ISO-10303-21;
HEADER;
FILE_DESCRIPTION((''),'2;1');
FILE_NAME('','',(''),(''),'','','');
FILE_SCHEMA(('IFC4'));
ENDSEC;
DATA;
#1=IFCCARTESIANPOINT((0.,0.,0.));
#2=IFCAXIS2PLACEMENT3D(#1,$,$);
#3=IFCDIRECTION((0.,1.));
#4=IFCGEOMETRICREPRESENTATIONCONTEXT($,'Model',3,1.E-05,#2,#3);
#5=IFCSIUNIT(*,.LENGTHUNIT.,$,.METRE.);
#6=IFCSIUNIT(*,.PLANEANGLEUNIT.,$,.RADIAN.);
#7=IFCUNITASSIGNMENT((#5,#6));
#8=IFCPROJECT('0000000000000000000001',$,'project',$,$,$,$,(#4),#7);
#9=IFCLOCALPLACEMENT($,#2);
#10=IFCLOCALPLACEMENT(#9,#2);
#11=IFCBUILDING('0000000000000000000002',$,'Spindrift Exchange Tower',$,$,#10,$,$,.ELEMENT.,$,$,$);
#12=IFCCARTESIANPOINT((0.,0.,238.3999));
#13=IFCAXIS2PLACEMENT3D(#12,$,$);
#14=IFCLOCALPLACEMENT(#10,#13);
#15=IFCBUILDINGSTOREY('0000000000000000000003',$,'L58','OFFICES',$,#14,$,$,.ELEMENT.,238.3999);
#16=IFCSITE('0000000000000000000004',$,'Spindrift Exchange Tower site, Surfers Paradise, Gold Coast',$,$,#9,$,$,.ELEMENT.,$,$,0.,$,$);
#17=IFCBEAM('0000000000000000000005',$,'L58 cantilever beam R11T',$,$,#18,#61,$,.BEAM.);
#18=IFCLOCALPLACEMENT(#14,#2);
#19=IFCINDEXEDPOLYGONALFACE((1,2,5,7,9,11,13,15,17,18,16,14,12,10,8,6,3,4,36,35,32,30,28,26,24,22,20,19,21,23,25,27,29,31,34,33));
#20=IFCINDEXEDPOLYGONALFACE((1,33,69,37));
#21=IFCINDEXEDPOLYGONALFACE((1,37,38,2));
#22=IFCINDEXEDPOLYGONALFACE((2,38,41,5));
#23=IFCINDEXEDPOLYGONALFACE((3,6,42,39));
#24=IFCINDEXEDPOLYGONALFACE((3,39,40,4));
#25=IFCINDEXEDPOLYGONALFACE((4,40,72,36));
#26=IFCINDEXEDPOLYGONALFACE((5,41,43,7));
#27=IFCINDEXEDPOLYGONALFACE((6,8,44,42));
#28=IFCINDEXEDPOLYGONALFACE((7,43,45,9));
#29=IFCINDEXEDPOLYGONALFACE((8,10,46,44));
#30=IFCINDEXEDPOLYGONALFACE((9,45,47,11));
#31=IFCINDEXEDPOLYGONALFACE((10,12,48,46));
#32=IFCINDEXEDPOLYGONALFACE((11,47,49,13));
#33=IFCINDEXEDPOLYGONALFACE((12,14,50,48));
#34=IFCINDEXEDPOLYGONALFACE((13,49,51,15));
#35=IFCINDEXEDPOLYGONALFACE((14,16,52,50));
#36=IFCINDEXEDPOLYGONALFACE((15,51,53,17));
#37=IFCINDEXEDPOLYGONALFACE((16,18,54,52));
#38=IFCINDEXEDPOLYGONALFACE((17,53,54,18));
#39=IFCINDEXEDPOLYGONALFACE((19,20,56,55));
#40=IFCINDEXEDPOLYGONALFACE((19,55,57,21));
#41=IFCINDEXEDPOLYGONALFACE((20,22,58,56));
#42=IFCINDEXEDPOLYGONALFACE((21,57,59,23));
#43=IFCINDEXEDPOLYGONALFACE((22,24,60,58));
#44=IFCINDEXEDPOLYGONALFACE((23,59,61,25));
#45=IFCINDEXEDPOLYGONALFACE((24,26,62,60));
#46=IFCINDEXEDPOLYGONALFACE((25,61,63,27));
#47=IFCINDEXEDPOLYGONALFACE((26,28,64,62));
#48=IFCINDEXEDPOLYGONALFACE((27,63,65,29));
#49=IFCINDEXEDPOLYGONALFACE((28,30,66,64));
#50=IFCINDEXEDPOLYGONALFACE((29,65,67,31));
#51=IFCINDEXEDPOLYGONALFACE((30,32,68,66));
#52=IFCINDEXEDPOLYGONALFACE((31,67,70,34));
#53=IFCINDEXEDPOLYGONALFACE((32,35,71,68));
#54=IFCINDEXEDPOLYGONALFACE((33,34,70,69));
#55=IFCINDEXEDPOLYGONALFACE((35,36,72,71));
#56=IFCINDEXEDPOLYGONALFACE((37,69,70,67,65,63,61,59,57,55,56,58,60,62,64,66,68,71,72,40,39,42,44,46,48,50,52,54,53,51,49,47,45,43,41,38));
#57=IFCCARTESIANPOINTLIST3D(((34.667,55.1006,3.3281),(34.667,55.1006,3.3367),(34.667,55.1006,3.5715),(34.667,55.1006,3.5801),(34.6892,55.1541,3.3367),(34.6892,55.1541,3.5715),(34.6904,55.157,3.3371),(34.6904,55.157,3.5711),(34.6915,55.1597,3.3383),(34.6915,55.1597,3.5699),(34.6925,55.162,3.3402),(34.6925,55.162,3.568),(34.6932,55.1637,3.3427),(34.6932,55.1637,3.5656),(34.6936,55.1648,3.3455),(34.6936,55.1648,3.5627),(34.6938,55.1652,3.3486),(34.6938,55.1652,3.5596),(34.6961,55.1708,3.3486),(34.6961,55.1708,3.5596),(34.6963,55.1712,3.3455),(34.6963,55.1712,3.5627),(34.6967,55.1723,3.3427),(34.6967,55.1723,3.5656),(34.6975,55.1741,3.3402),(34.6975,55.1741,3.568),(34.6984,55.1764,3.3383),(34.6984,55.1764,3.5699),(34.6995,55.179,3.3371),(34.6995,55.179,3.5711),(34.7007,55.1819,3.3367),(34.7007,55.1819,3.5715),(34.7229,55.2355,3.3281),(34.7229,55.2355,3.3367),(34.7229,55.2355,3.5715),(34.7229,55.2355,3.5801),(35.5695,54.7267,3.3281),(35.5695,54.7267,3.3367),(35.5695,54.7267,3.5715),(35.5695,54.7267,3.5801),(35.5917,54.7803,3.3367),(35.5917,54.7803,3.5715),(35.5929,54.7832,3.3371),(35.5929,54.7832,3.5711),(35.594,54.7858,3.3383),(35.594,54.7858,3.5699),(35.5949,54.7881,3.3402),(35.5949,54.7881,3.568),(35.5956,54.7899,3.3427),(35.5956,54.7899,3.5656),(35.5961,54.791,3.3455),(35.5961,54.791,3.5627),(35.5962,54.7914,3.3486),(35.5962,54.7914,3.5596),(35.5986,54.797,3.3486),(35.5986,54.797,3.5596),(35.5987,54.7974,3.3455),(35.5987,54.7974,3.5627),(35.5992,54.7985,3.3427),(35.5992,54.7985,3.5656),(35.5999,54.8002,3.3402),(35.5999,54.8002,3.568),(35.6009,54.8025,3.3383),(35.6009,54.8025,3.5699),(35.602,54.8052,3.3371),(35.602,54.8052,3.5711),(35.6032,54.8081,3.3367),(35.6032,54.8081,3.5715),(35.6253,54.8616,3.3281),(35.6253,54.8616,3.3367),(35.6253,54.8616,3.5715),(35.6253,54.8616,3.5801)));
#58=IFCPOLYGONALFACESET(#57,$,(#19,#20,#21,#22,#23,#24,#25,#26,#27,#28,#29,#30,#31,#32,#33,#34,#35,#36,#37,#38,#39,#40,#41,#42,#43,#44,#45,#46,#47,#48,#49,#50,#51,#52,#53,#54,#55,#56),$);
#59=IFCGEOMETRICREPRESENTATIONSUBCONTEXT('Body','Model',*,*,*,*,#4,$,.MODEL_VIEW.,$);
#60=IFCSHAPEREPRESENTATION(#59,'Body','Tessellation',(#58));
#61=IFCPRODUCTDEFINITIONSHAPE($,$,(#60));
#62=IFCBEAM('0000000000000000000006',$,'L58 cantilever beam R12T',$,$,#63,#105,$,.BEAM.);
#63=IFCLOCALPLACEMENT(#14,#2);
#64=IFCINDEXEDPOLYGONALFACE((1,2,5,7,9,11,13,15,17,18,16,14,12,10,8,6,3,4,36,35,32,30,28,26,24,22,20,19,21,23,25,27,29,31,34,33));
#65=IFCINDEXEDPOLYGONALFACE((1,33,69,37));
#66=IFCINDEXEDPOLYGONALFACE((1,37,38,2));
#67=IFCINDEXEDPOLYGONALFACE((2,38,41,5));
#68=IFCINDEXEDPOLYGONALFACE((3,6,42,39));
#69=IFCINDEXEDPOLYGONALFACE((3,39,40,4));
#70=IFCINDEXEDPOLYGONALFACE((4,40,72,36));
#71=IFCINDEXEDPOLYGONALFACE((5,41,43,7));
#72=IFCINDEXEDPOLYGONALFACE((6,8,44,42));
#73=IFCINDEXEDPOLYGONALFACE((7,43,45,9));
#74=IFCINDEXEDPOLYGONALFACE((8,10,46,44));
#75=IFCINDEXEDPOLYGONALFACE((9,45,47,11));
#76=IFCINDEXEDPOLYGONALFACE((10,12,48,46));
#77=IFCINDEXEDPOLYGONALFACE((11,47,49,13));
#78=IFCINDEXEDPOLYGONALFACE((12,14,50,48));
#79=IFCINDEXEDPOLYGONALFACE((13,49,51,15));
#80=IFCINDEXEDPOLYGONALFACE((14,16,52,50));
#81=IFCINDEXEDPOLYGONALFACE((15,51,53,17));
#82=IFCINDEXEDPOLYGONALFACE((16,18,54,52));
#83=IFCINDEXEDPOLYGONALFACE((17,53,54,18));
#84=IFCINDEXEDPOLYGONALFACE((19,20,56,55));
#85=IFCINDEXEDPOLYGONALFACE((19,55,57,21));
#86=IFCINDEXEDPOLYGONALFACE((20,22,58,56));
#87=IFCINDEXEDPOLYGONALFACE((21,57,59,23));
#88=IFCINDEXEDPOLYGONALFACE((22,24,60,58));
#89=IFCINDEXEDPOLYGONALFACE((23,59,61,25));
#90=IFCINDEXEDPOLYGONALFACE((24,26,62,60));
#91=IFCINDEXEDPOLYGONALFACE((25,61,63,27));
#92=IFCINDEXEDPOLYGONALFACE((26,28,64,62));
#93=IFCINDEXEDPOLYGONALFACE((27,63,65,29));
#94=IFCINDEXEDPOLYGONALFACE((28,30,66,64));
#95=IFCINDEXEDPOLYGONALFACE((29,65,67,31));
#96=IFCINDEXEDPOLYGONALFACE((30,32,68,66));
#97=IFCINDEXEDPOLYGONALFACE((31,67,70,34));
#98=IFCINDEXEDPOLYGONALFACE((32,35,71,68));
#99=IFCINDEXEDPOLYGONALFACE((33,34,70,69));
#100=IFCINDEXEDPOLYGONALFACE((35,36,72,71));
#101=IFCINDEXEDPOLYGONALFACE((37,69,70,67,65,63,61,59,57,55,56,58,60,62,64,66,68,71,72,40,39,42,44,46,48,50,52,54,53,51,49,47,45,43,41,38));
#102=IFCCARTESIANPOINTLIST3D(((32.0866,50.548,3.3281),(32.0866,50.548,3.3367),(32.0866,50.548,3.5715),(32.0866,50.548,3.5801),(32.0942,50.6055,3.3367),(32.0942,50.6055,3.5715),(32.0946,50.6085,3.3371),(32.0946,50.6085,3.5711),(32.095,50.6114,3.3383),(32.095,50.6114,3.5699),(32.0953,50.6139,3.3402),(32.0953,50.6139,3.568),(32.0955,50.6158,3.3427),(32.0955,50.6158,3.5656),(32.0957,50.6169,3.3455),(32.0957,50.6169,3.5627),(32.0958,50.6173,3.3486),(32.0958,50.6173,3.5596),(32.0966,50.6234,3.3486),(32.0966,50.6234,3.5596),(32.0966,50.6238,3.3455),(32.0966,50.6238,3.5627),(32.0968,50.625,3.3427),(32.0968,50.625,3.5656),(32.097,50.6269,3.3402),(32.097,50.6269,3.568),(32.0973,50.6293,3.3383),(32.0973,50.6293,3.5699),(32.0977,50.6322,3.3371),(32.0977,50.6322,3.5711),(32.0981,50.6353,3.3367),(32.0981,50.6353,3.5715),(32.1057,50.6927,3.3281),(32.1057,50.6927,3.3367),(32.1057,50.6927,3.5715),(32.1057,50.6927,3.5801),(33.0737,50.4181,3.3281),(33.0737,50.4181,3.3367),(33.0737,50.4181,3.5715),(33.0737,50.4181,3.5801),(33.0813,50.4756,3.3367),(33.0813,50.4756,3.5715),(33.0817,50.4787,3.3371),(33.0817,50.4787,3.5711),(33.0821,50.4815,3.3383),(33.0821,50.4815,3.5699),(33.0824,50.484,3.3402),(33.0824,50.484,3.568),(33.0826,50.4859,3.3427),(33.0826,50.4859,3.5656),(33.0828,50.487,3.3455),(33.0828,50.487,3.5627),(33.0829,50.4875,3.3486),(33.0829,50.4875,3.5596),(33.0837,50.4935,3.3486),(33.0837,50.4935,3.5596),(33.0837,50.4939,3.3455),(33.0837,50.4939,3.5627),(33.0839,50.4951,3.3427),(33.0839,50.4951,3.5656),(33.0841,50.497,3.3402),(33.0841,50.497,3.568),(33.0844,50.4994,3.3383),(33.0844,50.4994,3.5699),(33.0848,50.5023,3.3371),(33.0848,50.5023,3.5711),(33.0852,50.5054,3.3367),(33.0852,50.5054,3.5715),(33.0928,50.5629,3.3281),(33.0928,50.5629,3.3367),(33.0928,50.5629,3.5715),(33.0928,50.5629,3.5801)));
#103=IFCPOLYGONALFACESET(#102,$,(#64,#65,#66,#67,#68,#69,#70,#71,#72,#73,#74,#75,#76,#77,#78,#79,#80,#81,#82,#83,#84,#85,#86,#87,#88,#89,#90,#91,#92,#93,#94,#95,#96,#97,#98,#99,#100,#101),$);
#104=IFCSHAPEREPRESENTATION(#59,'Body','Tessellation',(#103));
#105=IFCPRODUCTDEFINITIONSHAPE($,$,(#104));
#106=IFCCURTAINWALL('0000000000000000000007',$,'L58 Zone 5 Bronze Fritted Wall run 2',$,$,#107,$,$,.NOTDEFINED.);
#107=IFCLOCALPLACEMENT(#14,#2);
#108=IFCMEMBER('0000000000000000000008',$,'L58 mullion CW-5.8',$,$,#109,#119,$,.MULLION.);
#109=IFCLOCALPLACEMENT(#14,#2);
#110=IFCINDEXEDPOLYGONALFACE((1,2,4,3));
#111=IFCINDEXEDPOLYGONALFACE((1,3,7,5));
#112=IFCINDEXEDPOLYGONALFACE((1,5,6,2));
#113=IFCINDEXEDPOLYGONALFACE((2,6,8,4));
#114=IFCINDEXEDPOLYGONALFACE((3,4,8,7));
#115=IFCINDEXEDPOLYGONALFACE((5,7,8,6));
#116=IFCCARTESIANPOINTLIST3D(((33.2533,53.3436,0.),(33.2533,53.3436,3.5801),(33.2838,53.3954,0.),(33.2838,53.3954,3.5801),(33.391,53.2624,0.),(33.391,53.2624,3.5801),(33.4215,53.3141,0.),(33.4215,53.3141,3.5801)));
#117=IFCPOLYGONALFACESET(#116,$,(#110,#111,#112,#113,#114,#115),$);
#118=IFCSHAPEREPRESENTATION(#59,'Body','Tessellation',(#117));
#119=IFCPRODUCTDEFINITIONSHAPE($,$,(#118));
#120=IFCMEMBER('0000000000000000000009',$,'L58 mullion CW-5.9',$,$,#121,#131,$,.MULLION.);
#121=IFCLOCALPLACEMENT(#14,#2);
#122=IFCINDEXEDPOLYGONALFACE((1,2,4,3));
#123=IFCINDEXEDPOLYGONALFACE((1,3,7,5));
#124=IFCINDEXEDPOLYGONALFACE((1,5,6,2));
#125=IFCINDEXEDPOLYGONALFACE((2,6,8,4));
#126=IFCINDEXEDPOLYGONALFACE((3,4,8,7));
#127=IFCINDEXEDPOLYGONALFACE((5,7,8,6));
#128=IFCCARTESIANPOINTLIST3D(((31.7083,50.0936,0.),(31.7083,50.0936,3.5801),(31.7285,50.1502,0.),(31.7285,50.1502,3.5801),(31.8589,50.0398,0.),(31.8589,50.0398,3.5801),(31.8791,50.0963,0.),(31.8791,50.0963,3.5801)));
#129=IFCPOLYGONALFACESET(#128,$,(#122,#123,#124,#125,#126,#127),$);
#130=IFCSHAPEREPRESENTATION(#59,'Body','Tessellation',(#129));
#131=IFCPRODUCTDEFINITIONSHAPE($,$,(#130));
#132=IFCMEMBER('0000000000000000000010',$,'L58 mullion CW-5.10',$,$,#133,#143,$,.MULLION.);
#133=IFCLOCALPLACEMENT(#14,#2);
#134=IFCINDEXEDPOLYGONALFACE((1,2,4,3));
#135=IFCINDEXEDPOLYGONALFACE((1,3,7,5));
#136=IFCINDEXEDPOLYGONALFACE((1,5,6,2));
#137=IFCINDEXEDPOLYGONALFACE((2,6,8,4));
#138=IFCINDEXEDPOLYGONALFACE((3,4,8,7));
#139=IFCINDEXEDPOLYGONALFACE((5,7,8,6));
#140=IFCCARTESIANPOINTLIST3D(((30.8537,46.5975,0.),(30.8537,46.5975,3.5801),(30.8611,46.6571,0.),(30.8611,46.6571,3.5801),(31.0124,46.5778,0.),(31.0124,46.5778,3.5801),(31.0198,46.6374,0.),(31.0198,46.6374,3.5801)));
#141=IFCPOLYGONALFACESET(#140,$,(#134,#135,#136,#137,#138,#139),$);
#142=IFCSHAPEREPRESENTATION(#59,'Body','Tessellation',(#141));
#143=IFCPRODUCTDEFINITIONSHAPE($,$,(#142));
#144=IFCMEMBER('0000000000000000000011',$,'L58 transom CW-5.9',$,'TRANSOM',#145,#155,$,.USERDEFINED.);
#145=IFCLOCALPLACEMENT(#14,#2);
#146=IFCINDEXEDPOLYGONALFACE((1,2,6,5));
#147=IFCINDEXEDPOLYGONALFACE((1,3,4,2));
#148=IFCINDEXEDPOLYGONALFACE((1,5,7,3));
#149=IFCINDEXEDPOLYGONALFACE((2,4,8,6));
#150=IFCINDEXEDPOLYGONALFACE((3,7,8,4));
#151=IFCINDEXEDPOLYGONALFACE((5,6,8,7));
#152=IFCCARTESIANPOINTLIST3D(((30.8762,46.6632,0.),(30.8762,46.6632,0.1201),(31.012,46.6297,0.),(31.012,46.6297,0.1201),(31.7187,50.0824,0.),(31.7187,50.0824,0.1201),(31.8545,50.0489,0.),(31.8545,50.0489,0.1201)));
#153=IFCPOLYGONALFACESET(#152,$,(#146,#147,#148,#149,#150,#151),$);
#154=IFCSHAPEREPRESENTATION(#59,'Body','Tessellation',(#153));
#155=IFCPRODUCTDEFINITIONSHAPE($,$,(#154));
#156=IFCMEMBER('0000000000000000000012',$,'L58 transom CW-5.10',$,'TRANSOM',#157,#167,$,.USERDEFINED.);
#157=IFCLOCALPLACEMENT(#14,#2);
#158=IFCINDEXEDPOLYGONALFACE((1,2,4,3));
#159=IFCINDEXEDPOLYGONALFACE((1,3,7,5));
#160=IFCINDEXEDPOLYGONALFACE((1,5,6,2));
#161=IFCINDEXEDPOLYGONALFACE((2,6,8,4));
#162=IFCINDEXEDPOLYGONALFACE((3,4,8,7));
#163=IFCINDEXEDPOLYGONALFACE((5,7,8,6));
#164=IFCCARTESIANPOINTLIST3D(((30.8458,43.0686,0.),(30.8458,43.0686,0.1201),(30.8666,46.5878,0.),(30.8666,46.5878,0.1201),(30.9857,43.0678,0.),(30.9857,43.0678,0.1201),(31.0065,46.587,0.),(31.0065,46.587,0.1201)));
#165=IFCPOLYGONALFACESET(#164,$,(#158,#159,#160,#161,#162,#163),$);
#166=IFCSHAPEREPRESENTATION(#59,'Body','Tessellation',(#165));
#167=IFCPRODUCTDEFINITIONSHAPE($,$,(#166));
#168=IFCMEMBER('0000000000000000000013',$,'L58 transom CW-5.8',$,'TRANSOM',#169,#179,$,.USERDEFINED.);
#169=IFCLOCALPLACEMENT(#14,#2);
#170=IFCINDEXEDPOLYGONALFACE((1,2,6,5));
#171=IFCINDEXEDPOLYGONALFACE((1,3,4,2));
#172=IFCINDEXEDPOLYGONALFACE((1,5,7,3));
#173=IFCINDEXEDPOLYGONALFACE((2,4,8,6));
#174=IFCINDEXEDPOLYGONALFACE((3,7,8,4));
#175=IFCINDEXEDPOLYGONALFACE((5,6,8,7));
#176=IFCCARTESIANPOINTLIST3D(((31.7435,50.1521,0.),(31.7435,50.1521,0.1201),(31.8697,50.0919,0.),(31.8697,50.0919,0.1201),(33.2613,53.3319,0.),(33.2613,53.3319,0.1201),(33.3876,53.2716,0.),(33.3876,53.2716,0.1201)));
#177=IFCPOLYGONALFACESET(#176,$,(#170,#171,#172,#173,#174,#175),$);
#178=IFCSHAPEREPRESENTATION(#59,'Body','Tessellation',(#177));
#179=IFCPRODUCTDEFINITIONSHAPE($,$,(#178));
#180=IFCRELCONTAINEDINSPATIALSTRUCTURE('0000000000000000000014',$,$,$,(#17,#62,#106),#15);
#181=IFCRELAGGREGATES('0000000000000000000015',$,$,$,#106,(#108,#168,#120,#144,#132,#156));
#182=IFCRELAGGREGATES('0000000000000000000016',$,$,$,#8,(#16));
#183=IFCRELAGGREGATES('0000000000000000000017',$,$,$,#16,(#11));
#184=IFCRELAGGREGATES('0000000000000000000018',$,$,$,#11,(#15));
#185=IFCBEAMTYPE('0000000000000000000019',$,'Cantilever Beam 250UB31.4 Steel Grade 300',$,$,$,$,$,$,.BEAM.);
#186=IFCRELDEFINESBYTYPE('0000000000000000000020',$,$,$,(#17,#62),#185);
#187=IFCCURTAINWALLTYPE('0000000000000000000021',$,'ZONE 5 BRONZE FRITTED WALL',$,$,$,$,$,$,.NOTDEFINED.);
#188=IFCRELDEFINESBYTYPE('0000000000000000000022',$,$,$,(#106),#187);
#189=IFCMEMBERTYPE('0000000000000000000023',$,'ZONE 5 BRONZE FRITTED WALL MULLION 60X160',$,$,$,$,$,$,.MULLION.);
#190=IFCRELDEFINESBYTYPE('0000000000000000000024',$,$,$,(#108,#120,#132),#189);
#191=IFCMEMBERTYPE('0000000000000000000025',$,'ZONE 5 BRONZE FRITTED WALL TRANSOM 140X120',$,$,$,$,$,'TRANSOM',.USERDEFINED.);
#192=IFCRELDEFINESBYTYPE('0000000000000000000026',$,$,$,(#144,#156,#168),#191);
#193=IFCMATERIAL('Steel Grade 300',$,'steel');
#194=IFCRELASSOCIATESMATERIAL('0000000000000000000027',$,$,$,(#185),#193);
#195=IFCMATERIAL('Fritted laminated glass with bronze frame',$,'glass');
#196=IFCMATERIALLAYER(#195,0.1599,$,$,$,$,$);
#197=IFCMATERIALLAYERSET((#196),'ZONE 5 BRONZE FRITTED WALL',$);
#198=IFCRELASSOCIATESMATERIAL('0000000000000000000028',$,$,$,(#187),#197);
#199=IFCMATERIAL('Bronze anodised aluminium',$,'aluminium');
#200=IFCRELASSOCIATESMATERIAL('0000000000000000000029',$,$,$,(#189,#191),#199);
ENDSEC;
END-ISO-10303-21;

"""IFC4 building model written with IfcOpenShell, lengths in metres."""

from ifc_helpers import new_model, si_unit, direction, frame, origin, origin_2d, place, context, subcontext, project, spatial, rectangle, i_section, extrude, source, transform, mapped, material, layer, layer_set, material_profile, profile_set, type_object, element, aggregate, save


model = new_model("IFC4")

# Units and contexts
model_context = context("Model", 3, precision=1e-05, world=origin(), true_north=direction((0.0, 1.0)))
body_context = subcontext(model_context, "Body", "Model", "MODEL_VIEW")
ifc_project = project(units=[si_unit("LENGTHUNIT", "METRE"), si_unit("PLANEANGLEUNIT", "RADIAN")], contexts=[model_context])

# Site, building, storey
site_placement = place(None, origin())
site = spatial("IfcSite", under=ifc_project, at=site_placement, Name="Spindrift Exchange Tower site, Surfers Paradise, Gold Coast", CompositionType="ELEMENT", RefElevation=0.0)
building_placement = place(site_placement, origin())
building = spatial("IfcBuilding", under=site, at=building_placement, Name="Spindrift Exchange Tower", CompositionType="ELEMENT")
storey_placement = place(building_placement, frame((0.0, 0.0, 238.3999)))
storey = spatial("IfcBuildingStorey", under=building, at=storey_placement, Name="L58", Description="OFFICES", CompositionType="ELEMENT", Elevation=238.3999)

# Beams
ifc_material_1 = material(Name="Steel Grade 300", Category="steel")
ifc_material_profile_1 = material_profile(ifc_material_1, i_section(OverallWidth=0.146, OverallDepth=0.252, WebThickness=0.0061, FlangeThickness=0.0085, FilletRadius=0.012, at=origin_2d()), Name="250UB31.4")
ifc_profile_set_1 = profile_set([ifc_material_profile_1], Name="Steel Grade 300")
beam_type_1 = type_object("IfcBeamType", Name="Cantilever Beam 250UB31.4 Steel Grade 300", PredefinedType="BEAM", material=ifc_profile_set_1)
shared_shape_1 = source(origin(), body_context, "Body", "SweptSolid", [
    extrude(i_section(OverallWidth=0.146, OverallDepth=0.252, WebThickness=0.0061, FlangeThickness=0.0085, FilletRadius=0.012, at=origin_2d()), origin(), (0.0, 0.0, 1.0), 0.9768),
])
beam_1_placement = place(storey_placement, frame((35.5974, 54.7942, 3.4541), z_axis=(-0.923874, 0.382698, 0.0), x_axis=(-0.382698, -0.923874, 0.0)))
element("IfcBeam", 1, at=beam_1_placement, inside=storey, type_object=beam_type_1, Name="L58 cantilever beam R11T", PredefinedType="BEAM", context=body_context, shape_type="MappedRepresentation", body=[
    mapped(shared_shape_1, transform((0.0, 0.0, 0.0), scale=1.0)),
])
shared_shape_2 = source(origin(), body_context, "Body", "SweptSolid", [
    extrude(i_section(OverallWidth=0.146, OverallDepth=0.252, WebThickness=0.0061, FlangeThickness=0.0085, FilletRadius=0.012, at=origin_2d()), origin(), (0.0, 0.0, 1.0), 0.9956),
])
beam_2_placement = place(storey_placement, frame((33.0833, 50.4905, 3.4541), z_axis=(-0.991453, 0.130461, 0.0), x_axis=(-0.130461, -0.991453, 0.0)))
element("IfcBeam", 2, at=beam_2_placement, inside=storey, type_object=beam_type_1, Name="L58 cantilever beam R12T", PredefinedType="BEAM", context=body_context, shape_type="MappedRepresentation", body=[
    mapped(shared_shape_2, transform((0.0, 0.0, 0.0), scale=1.0)),
])

# Curtain wall, members
ifc_material_2 = material(Name="Fritted laminated glass with bronze frame", Category="glass")
ifc_layer_1 = layer(ifc_material_2, 0.1599)
ifc_layer_set_1 = layer_set([ifc_layer_1], Name="ZONE 5 BRONZE FRITTED WALL")
curtain_wall_type = type_object("IfcCurtainWallType", Name="ZONE 5 BRONZE FRITTED WALL", PredefinedType="NOTDEFINED", material=ifc_layer_set_1)
curtain_wall_placement = place(storey_placement, origin())
curtain_wall = element("IfcCurtainWall", 3, at=curtain_wall_placement, inside=storey, type_object=curtain_wall_type, Name="L58 Zone 5 Bronze Fritted Wall run 2", PredefinedType="NOTDEFINED")
ifc_material_3 = material(Name="Bronze anodised aluminium", Category="aluminium")
ifc_material_profile_2 = material_profile(ifc_material_3, rectangle(XDim=0.0601, YDim=0.1599, at=origin_2d()), Name="ZONE 5 BRONZE FRITTED WALL MULLION 60X160")
ifc_profile_set_2 = profile_set([ifc_material_profile_2], Name="Bronze anodised aluminium")
member_type_1 = type_object("IfcMemberType", Name="ZONE 5 BRONZE FRITTED WALL MULLION 60X160", PredefinedType="MULLION", material=ifc_profile_set_2)
shared_shape_3 = source(origin(), body_context, "Body", "SweptSolid", [
    extrude(rectangle(XDim=0.0601, YDim=0.1599, at=origin_2d()), origin(), (0.0, 0.0, 1.0), 3.5801),
])
member_1_placement = place(storey_placement, frame((33.3374, 53.3289, 0.0), z_axis=(0.0, 0.0, 1.0), x_axis=(-0.508377, -0.861135, 0.0)))
member_1 = element("IfcMember", 4, at=member_1_placement, type_object=member_type_1, Name="L58 mullion CW-5.8", PredefinedType="MULLION", context=body_context, shape_type="MappedRepresentation", body=[
    mapped(shared_shape_3, transform((0.0, 0.0, 0.0), scale=1.0)),
])
member_2_placement = place(storey_placement, frame((31.7937, 50.095, 0.0), z_axis=(0.0, 0.0, 1.0), x_axis=(-0.33675, -0.941594, 0.0)))
member_2 = element("IfcMember", 5, at=member_2_placement, type_object=member_type_1, Name="L58 mullion CW-5.9", PredefinedType="MULLION", context=body_context, shape_type="MappedRepresentation", body=[
    mapped(shared_shape_3, transform((0.0, 0.0, 0.0), scale=1.0)),
])
member_3_placement = place(storey_placement, frame((30.9368, 46.6174, 0.0), z_axis=(0.0, 0.0, 1.0), x_axis=(-0.123446, -0.992351, 0.0)))
member_3 = element("IfcMember", 6, at=member_3_placement, type_object=member_type_1, Name="L58 mullion CW-5.10", PredefinedType="MULLION", context=body_context, shape_type="MappedRepresentation", body=[
    mapped(shared_shape_3, transform((0.0, 0.0, 0.0), scale=1.0)),
])
ifc_material_profile_3 = material_profile(ifc_material_3, rectangle(XDim=0.1399, YDim=0.1201, at=origin_2d()), Name="ZONE 5 BRONZE FRITTED WALL TRANSOM 140X120")
ifc_profile_set_3 = profile_set([ifc_material_profile_3], Name="Bronze anodised aluminium")
member_type_2 = type_object("IfcMemberType", Name="ZONE 5 BRONZE FRITTED WALL TRANSOM 140X120", ElementType="TRANSOM", PredefinedType="USERDEFINED", material=ifc_profile_set_3)
shared_shape_4 = source(origin(), body_context, "Body", "SweptSolid", [
    extrude(rectangle(XDim=0.1399, YDim=0.1201, at=origin_2d()), origin(), (0.0, 0.0, 1.0), 3.5215),
])
member_4_placement = place(storey_placement, frame((31.7866, 50.0657, 0.0601), z_axis=(-0.239255, -0.970957, 0.0), x_axis=(0.970957, -0.239255, 0.0)))
member_4 = element("IfcMember", 7, at=member_4_placement, type_object=member_type_2, Name="L58 transom CW-5.9", ObjectType="TRANSOM", PredefinedType="USERDEFINED", context=body_context, shape_type="MappedRepresentation", body=[
    mapped(shared_shape_4, transform((0.0, 0.0, 0.0), scale=1.0)),
])
shared_shape_5 = source(origin(), body_context, "Body", "SweptSolid", [
    extrude(rectangle(XDim=0.1399, YDim=0.1201, at=origin_2d()), origin(), (0.0, 0.0, 1.0), 3.5193),
])
member_5_placement = place(storey_placement, frame((30.9365, 46.5874, 0.0601), z_axis=(-0.005897, -0.999983, 0.0), x_axis=(0.999983, -0.005897, 0.0)))
member_5 = element("IfcMember", 8, at=member_5_placement, type_object=member_type_2, Name="L58 transom CW-5.10", ObjectType="TRANSOM", PredefinedType="USERDEFINED", context=body_context, shape_type="MappedRepresentation", body=[
    mapped(shared_shape_5, transform((0.0, 0.0, 0.0), scale=1.0)),
])
shared_shape_6 = source(origin(), body_context, "Body", "SweptSolid", [
    extrude(rectangle(XDim=0.1399, YDim=0.1201, at=origin_2d()), origin(), (0.0, 0.0, 1.0), 3.5234),
])
member_6_placement = place(storey_placement, frame((33.3245, 53.3018, 0.0601), z_axis=(-0.430786, -0.902454, 0.0), x_axis=(0.902454, -0.430786, 0.0)))
member_6 = element("IfcMember", 9, at=member_6_placement, type_object=member_type_2, Name="L58 transom CW-5.8", ObjectType="TRANSOM", PredefinedType="USERDEFINED", context=body_context, shape_type="MappedRepresentation", body=[
    mapped(shared_shape_6, transform((0.0, 0.0, 0.0), scale=1.0)),
])
aggregate(curtain_wall, [member_1, member_6, member_2, member_4, member_3, member_5])

save(model, "model.ifc")
